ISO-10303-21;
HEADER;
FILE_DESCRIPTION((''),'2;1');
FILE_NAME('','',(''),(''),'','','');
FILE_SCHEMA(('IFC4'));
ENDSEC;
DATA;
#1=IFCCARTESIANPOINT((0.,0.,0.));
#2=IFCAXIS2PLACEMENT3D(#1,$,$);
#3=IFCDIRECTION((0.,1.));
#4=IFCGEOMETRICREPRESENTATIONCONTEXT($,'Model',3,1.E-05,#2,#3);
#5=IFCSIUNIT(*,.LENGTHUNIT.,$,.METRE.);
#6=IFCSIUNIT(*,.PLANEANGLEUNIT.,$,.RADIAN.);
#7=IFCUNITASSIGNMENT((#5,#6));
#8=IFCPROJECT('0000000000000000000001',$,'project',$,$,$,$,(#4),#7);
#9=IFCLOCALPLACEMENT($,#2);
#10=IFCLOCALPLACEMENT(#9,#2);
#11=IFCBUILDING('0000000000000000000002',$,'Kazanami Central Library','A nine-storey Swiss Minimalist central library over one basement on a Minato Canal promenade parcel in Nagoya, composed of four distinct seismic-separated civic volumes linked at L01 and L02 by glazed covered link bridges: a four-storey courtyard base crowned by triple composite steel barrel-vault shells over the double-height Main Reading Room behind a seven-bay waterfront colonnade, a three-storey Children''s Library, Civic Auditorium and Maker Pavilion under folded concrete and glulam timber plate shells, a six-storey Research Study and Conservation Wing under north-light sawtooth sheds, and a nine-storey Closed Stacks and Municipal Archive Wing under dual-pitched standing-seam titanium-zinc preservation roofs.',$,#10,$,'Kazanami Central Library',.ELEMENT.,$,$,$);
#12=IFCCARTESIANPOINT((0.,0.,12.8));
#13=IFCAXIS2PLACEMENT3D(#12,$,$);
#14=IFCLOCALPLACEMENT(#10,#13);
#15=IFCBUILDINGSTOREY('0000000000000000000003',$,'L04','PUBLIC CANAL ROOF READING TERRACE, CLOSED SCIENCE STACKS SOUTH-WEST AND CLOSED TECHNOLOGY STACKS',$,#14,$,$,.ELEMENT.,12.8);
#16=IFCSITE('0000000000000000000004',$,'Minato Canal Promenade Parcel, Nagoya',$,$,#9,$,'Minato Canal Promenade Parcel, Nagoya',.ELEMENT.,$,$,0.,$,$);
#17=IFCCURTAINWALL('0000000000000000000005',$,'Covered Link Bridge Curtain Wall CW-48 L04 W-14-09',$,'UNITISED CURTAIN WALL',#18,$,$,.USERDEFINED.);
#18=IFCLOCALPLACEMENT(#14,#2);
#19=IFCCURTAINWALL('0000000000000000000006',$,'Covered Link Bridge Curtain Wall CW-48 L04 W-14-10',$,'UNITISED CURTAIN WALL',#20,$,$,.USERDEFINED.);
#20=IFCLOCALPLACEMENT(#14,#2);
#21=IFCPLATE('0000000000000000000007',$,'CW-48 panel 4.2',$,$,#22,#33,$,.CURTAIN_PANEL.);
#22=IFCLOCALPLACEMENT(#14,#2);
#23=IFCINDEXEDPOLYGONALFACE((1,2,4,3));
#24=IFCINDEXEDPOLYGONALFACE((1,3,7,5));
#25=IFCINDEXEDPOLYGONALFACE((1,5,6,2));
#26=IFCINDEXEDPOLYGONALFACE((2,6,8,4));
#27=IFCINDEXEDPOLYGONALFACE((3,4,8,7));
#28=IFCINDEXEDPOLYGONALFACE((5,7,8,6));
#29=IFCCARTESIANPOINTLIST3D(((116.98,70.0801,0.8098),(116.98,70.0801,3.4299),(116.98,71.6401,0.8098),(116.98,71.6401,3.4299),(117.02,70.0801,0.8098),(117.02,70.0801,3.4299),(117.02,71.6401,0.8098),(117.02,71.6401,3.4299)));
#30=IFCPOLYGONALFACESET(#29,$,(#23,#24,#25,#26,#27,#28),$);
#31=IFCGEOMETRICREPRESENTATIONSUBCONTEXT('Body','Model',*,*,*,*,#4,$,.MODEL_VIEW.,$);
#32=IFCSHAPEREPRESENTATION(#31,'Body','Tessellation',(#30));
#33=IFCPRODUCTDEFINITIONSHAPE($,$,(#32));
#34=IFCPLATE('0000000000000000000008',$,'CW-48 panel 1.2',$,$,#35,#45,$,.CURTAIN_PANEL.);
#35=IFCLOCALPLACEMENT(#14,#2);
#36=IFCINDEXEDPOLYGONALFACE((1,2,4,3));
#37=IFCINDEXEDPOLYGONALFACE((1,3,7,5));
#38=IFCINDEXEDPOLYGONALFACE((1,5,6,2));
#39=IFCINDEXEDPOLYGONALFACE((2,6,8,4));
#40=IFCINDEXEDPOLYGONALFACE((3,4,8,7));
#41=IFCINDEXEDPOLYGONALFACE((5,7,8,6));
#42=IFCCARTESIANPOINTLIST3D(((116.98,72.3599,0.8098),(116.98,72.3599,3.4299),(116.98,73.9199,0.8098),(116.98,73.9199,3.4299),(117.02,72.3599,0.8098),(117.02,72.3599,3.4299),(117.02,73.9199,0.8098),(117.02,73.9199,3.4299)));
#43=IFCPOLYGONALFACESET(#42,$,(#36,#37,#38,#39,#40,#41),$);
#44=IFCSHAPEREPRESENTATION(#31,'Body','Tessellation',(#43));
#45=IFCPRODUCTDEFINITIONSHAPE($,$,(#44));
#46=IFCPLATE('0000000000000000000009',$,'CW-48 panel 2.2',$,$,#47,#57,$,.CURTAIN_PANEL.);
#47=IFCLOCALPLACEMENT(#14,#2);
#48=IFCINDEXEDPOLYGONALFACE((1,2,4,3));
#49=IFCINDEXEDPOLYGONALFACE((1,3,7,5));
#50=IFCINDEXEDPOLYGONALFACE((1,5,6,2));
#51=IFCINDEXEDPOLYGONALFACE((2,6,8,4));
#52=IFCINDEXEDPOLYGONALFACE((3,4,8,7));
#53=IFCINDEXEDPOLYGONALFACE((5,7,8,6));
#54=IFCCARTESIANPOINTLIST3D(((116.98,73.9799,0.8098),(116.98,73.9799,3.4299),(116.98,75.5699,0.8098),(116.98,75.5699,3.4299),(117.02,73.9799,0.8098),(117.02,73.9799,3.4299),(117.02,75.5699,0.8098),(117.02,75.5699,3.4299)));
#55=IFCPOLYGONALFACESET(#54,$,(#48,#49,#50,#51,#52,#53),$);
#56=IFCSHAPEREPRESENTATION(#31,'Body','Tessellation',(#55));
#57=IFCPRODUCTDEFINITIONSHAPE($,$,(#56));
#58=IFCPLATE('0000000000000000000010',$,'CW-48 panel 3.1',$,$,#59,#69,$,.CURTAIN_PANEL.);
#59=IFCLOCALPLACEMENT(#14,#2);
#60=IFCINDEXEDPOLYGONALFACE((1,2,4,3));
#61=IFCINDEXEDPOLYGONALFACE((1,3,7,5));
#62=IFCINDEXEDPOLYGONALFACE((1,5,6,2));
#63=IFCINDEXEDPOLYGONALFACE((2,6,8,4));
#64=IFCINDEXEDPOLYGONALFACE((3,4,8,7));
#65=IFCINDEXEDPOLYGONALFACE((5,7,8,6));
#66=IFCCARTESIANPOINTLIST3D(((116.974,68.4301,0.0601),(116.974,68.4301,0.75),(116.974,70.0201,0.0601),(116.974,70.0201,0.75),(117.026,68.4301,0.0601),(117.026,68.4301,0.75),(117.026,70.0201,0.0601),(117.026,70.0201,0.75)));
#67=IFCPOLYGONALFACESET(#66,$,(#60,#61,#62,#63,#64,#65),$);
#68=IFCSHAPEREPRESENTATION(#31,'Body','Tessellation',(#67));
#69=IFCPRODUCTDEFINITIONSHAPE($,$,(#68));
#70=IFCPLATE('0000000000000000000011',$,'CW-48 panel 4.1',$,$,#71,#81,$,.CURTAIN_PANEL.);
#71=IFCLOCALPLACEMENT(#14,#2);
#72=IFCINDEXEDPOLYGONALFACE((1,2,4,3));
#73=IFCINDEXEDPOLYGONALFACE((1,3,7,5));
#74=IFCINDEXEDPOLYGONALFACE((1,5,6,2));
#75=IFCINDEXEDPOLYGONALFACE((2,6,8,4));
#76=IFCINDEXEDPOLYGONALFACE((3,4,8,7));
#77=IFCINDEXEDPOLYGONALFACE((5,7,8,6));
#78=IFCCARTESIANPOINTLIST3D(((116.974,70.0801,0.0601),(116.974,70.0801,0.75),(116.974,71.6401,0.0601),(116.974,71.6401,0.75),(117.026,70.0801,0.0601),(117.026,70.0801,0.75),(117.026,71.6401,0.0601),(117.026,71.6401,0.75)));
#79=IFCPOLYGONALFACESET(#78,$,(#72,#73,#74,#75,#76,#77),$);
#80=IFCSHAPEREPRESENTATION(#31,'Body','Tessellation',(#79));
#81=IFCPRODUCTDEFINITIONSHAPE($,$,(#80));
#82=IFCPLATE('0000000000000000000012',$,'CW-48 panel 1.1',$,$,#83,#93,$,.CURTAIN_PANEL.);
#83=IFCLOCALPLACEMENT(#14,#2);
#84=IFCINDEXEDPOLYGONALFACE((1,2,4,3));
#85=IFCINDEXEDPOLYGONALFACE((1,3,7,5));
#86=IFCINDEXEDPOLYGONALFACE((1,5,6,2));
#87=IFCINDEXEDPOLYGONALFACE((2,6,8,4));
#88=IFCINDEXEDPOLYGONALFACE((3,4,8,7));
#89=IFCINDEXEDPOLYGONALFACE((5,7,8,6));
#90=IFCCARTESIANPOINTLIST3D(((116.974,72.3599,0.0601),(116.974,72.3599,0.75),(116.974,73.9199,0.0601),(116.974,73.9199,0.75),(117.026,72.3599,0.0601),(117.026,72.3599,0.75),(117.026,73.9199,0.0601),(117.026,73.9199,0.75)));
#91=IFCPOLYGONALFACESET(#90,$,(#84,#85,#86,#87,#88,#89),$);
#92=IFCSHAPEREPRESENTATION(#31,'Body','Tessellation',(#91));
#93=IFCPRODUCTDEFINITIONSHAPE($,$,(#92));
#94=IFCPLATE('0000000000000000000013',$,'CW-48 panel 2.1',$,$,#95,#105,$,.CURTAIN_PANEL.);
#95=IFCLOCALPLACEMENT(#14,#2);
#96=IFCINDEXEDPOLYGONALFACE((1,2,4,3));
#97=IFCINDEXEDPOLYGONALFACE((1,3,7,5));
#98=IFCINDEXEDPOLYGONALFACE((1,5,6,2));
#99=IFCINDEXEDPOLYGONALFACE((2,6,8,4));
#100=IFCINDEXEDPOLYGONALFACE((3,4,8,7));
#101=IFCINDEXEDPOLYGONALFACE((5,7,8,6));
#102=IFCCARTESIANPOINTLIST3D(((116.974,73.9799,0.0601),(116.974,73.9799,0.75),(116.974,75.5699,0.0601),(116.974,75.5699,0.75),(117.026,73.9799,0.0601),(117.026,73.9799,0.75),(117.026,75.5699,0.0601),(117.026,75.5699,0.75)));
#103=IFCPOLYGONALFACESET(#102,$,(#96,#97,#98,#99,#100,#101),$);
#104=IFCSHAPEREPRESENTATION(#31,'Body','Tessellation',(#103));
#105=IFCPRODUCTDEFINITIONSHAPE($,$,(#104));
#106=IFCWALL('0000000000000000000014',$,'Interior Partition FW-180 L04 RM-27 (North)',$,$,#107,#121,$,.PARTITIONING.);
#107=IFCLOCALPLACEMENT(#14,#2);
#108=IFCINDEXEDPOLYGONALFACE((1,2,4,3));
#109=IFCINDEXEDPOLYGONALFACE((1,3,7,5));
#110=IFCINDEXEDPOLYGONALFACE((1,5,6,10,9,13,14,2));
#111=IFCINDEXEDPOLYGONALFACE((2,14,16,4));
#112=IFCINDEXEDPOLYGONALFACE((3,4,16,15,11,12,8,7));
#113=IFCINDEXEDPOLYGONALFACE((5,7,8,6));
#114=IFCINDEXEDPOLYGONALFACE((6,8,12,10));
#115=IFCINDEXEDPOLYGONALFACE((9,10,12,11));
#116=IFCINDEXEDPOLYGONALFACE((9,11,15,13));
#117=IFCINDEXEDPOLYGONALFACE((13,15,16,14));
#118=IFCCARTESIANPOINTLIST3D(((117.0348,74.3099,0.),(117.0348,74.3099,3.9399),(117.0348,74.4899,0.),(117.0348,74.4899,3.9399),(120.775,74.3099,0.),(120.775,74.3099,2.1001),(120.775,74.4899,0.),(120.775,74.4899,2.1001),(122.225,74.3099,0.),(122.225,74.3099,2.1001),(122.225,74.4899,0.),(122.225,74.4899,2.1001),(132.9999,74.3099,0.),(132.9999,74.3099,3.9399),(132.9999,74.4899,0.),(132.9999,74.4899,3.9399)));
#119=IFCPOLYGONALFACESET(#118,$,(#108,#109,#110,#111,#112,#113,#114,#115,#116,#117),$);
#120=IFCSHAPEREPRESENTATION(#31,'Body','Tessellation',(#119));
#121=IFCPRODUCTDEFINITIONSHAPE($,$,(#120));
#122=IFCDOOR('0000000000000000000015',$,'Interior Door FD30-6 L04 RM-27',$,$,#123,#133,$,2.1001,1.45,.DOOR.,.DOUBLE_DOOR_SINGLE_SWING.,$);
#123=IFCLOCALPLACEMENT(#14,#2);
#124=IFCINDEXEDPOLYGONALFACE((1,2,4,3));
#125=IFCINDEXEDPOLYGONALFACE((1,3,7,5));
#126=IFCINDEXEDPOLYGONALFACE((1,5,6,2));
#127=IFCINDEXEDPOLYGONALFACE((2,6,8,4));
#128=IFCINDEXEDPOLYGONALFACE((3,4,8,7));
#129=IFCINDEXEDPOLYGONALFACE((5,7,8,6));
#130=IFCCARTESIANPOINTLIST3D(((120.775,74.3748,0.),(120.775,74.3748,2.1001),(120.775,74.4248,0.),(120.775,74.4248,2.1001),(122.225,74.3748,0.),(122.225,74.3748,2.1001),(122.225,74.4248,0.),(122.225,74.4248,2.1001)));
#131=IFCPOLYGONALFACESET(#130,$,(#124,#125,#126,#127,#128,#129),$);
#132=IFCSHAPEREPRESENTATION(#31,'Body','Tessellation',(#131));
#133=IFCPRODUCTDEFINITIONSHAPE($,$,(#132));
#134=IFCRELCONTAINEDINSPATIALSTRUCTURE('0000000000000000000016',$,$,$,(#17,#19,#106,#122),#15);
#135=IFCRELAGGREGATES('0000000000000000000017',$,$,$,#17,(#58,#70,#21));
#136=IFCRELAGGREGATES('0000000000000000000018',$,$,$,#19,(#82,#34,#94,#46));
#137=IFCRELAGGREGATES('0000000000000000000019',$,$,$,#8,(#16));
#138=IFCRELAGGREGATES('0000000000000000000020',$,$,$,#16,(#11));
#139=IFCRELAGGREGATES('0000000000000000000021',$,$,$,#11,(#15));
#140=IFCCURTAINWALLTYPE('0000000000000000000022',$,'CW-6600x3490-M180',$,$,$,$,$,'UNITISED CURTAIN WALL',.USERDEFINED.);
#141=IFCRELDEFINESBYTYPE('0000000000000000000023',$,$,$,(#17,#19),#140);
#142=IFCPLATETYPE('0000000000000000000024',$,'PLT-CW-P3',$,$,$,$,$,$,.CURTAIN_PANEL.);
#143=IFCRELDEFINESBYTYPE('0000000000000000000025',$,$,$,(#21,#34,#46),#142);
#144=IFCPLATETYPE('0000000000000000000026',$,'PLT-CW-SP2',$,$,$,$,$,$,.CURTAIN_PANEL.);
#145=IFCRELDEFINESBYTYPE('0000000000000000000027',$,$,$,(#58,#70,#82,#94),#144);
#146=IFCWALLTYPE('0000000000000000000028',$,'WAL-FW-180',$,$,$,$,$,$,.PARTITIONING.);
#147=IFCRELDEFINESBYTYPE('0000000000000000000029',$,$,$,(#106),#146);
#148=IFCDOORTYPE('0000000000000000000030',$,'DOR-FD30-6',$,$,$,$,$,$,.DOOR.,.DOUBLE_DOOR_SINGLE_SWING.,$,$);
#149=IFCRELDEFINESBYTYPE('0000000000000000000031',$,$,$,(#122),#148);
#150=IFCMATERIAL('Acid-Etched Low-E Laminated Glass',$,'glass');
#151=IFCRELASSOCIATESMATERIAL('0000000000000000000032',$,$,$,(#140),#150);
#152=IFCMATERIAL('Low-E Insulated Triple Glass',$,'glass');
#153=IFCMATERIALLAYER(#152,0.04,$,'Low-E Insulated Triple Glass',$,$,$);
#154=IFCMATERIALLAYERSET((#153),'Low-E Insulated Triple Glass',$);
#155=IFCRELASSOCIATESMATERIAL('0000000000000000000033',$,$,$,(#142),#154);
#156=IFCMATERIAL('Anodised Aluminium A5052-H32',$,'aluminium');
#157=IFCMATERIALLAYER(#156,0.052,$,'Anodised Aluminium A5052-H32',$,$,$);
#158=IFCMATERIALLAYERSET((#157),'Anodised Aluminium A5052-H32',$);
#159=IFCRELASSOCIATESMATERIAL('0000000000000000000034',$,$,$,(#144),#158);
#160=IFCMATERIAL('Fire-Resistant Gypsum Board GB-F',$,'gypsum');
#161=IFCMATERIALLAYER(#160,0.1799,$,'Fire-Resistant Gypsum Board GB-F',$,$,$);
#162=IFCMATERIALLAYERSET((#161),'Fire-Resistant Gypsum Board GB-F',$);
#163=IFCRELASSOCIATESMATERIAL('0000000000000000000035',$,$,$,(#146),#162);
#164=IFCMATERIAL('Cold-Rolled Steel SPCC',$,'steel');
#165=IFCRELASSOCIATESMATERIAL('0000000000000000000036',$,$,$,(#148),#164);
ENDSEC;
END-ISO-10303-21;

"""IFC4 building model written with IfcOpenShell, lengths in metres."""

from ifc_helpers import new_model, si_unit, direction, frame, frame_2d, origin, origin_2d, place, context, subcontext, project, spatial, rectangle, extrude, material, layer, layer_set, type_object, element, fill, aggregate, save


model = new_model("IFC4")

# Units and contexts
model_context = context("Model", 3, precision=1e-05, world=origin(), true_north=direction((0.0, 1.0)))
body_context = subcontext(model_context, "Body", "Model", "MODEL_VIEW")
ifc_project = project(units=[si_unit("LENGTHUNIT", "METRE"), si_unit("PLANEANGLEUNIT", "RADIAN")], contexts=[model_context])

# Site, building, storey
site_placement = place(None, origin())
site = spatial("IfcSite", under=ifc_project, at=site_placement, Name="Minato Canal Promenade Parcel, Nagoya", LongName="Minato Canal Promenade Parcel, Nagoya", CompositionType="ELEMENT", RefElevation=0.0)
building_placement = place(site_placement, origin())
building = spatial("IfcBuilding", under=site, at=building_placement, Name="Kazanami Central Library", Description="A nine-storey Swiss Minimalist central library over one basement on a Minato Canal promenade parcel in Nagoya, composed of four distinct seismic-separated civic volumes linked at L01 and L02 by glazed covered link bridges: a four-storey courtyard base crowned by triple composite steel barrel-vault shells over the double-height Main Reading Room behind a seven-bay waterfront colonnade, a three-storey Children's Library, Civic Auditorium and Maker Pavilion under folded concrete and glulam timber plate shells, a six-storey Research Study and Conservation Wing under north-light sawtooth sheds, and a nine-storey Closed Stacks and Municipal Archive Wing under dual-pitched standing-seam titanium-zinc preservation roofs.", LongName="Kazanami Central Library", CompositionType="ELEMENT")
storey_placement = place(building_placement, frame((0.0, 0.0, 12.8)))
storey = spatial("IfcBuildingStorey", under=building, at=storey_placement, Name="L04", Description="PUBLIC CANAL ROOF READING TERRACE, CLOSED SCIENCE STACKS SOUTH-WEST AND CLOSED TECHNOLOGY STACKS", CompositionType="ELEMENT", Elevation=12.8)

# Curtain walls
ifc_material_1 = material(Name="Acid-Etched Low-E Laminated Glass", Category="glass")
curtain_wall_type = type_object("IfcCurtainWallType", Name="CW-6600x3490-M180", ElementType="UNITISED CURTAIN WALL", PredefinedType="USERDEFINED", material=ifc_material_1)
curtain_wall_1_placement = place(storey_placement, origin())
curtain_wall_1 = element("IfcCurtainWall", 1, at=curtain_wall_1_placement, inside=storey, type_object=curtain_wall_type, Name="Covered Link Bridge Curtain Wall CW-48 L04 W-14-09", ObjectType="UNITISED CURTAIN WALL", PredefinedType="USERDEFINED")
curtain_wall_2_placement = place(storey_placement, origin())
curtain_wall_2 = element("IfcCurtainWall", 2, at=curtain_wall_2_placement, inside=storey, type_object=curtain_wall_type, Name="Covered Link Bridge Curtain Wall CW-48 L04 W-14-10", ObjectType="UNITISED CURTAIN WALL", PredefinedType="USERDEFINED")

# Plates
ifc_material_2 = material(Name="Low-E Insulated Triple Glass", Category="glass")
ifc_layer_1 = layer(ifc_material_2, 0.04, Name="Low-E Insulated Triple Glass")
ifc_layer_set_1 = layer_set([ifc_layer_1], Name="Low-E Insulated Triple Glass")
plate_type_1 = type_object("IfcPlateType", Name="PLT-CW-P3", PredefinedType="CURTAIN_PANEL", material=ifc_layer_set_1)
plate_1_placement = place(storey_placement, frame((117.0, 70.8601, 0.8098), z_axis=(0.0, 0.0, 1.0), x_axis=(0.0, 1.0, 0.0)))
plate_1 = element("IfcPlate", 3, at=plate_1_placement, type_object=plate_type_1, Name="CW-48 panel 4.2", PredefinedType="CURTAIN_PANEL", context=body_context, shape_type="SweptSolid", body=[
    extrude(rectangle(XDim=1.5601, YDim=0.04, at=origin_2d()), origin(), (0.0, 0.0, 1.0), 2.6201),
])
plate_2_placement = place(storey_placement, frame((117.0, 73.1399, 0.8098), z_axis=(0.0, 0.0, 1.0), x_axis=(0.0, 1.0, 0.0)))
plate_2 = element("IfcPlate", 4, at=plate_2_placement, type_object=plate_type_1, Name="CW-48 panel 1.2", PredefinedType="CURTAIN_PANEL", context=body_context, shape_type="SweptSolid", body=[
    extrude(rectangle(XDim=1.5601, YDim=0.04, at=origin_2d()), origin(), (0.0, 0.0, 1.0), 2.6201),
])
plate_3_placement = place(storey_placement, frame((117.0, 74.7749, 0.8098), z_axis=(0.0, 0.0, 1.0), x_axis=(0.0, 1.0, 0.0)))
plate_3 = element("IfcPlate", 5, at=plate_3_placement, type_object=plate_type_1, Name="CW-48 panel 2.2", PredefinedType="CURTAIN_PANEL", context=body_context, shape_type="SweptSolid", body=[
    extrude(rectangle(XDim=1.5901, YDim=0.04, at=origin_2d()), origin(), (0.0, 0.0, 1.0), 2.6201),
])
ifc_material_3 = material(Name="Anodised Aluminium A5052-H32", Category="aluminium")
ifc_layer_2 = layer(ifc_material_3, 0.052, Name="Anodised Aluminium A5052-H32")
ifc_layer_set_2 = layer_set([ifc_layer_2], Name="Anodised Aluminium A5052-H32")
plate_type_2 = type_object("IfcPlateType", Name="PLT-CW-SP2", PredefinedType="CURTAIN_PANEL", material=ifc_layer_set_2)
plate_4_placement = place(storey_placement, frame((117.0, 69.2251, 0.0601), z_axis=(0.0, 0.0, 1.0), x_axis=(0.0, 1.0, 0.0)))
plate_4 = element("IfcPlate", 6, at=plate_4_placement, type_object=plate_type_2, Name="CW-48 panel 3.1", PredefinedType="CURTAIN_PANEL", context=body_context, shape_type="SweptSolid", body=[
    extrude(rectangle(XDim=1.5901, YDim=0.052, at=origin_2d()), origin(), (0.0, 0.0, 1.0), 0.6899),
])
plate_5_placement = place(storey_placement, frame((117.0, 70.8601, 0.0601), z_axis=(0.0, 0.0, 1.0), x_axis=(0.0, 1.0, 0.0)))
plate_5 = element("IfcPlate", 7, at=plate_5_placement, type_object=plate_type_2, Name="CW-48 panel 4.1", PredefinedType="CURTAIN_PANEL", context=body_context, shape_type="SweptSolid", body=[
    extrude(rectangle(XDim=1.5601, YDim=0.052, at=origin_2d()), origin(), (0.0, 0.0, 1.0), 0.6899),
])
aggregate(curtain_wall_1, [plate_4, plate_5, plate_1])
plate_6_placement = place(storey_placement, frame((117.0, 73.1399, 0.0601), z_axis=(0.0, 0.0, 1.0), x_axis=(0.0, 1.0, 0.0)))
plate_6 = element("IfcPlate", 8, at=plate_6_placement, type_object=plate_type_2, Name="CW-48 panel 1.1", PredefinedType="CURTAIN_PANEL", context=body_context, shape_type="SweptSolid", body=[
    extrude(rectangle(XDim=1.5601, YDim=0.052, at=origin_2d()), origin(), (0.0, 0.0, 1.0), 0.6899),
])
plate_7_placement = place(storey_placement, frame((117.0, 74.7749, 0.0601), z_axis=(0.0, 0.0, 1.0), x_axis=(0.0, 1.0, 0.0)))
plate_7 = element("IfcPlate", 9, at=plate_7_placement, type_object=plate_type_2, Name="CW-48 panel 2.1", PredefinedType="CURTAIN_PANEL", context=body_context, shape_type="SweptSolid", body=[
    extrude(rectangle(XDim=1.5901, YDim=0.052, at=origin_2d()), origin(), (0.0, 0.0, 1.0), 0.6899),
])
aggregate(curtain_wall_2, [plate_6, plate_2, plate_7, plate_3])

# Wall, opening, door
ifc_material_4 = material(Name="Fire-Resistant Gypsum Board GB-F", Category="gypsum")
ifc_layer_3 = layer(ifc_material_4, 0.1799, Name="Fire-Resistant Gypsum Board GB-F")
ifc_layer_set_3 = layer_set([ifc_layer_3], Name="Fire-Resistant Gypsum Board GB-F")
wall_type = type_object("IfcWallType", Name="WAL-FW-180", PredefinedType="PARTITIONING", material=ifc_layer_set_3)
wall_placement = place(storey_placement, frame((117.0349, 74.3999, 0.0), z_axis=(0.0, 0.0, 1.0), x_axis=(1.0, 0.0, 0.0)))
wall = element("IfcWall", 10, at=wall_placement, inside=storey, type_object=wall_type, Name="Interior Partition FW-180 L04 RM-27 (North)", PredefinedType="PARTITIONING", context=body_context, shape_type="SweptSolid", body=[
    extrude(rectangle(XDim=15.9651, YDim=0.1799, at=frame_2d((7.9824, 0.0))), origin(), (0.0, 0.0, 1.0), 3.9399),
])
opening_placement = place(wall_placement, frame((3.74, 0.0, 0.0)))
opening = element("IfcOpeningElement", 11, at=opening_placement, cuts=wall, PredefinedType="OPENING", context=body_context, shape_type="SweptSolid", body=[
    extrude(rectangle(XDim=1.45, YDim=2.1001, at=frame_2d((0.7251, 1.05))), frame((0.0, 0.1021, 0.0), z_axis=(0.0, -1.0, 0.0), x_axis=(1.0, 0.0, 0.0)), (0.0, 0.0, 1.0), 0.2039),
])
ifc_material_5 = material(Name="Cold-Rolled Steel SPCC", Category="steel")
door_type = type_object("IfcDoorType", Name="DOR-FD30-6", OperationType="DOUBLE_DOOR_SINGLE_SWING", PredefinedType="DOOR", material=ifc_material_5)
door_placement = place(opening_placement, origin())
door = element("IfcDoor", 12, at=door_placement, inside=storey, type_object=door_type, Name="Interior Door FD30-6 L04 RM-27", OperationType="DOUBLE_DOOR_SINGLE_SWING", OverallHeight=2.1001, OverallWidth=1.45, PredefinedType="DOOR", context=body_context, shape_type="SweptSolid", body=[
    extrude(rectangle(XDim=1.45, YDim=2.1001, at=frame_2d((0.7251, 1.05))), frame((0.0, 0.0249, 0.0), z_axis=(0.0, -1.0, 0.0), x_axis=(1.0, 0.0, 0.0)), (0.0, 0.0, 1.0), 0.05),
])
fill(opening, door)

save(model, "model.ifc")
